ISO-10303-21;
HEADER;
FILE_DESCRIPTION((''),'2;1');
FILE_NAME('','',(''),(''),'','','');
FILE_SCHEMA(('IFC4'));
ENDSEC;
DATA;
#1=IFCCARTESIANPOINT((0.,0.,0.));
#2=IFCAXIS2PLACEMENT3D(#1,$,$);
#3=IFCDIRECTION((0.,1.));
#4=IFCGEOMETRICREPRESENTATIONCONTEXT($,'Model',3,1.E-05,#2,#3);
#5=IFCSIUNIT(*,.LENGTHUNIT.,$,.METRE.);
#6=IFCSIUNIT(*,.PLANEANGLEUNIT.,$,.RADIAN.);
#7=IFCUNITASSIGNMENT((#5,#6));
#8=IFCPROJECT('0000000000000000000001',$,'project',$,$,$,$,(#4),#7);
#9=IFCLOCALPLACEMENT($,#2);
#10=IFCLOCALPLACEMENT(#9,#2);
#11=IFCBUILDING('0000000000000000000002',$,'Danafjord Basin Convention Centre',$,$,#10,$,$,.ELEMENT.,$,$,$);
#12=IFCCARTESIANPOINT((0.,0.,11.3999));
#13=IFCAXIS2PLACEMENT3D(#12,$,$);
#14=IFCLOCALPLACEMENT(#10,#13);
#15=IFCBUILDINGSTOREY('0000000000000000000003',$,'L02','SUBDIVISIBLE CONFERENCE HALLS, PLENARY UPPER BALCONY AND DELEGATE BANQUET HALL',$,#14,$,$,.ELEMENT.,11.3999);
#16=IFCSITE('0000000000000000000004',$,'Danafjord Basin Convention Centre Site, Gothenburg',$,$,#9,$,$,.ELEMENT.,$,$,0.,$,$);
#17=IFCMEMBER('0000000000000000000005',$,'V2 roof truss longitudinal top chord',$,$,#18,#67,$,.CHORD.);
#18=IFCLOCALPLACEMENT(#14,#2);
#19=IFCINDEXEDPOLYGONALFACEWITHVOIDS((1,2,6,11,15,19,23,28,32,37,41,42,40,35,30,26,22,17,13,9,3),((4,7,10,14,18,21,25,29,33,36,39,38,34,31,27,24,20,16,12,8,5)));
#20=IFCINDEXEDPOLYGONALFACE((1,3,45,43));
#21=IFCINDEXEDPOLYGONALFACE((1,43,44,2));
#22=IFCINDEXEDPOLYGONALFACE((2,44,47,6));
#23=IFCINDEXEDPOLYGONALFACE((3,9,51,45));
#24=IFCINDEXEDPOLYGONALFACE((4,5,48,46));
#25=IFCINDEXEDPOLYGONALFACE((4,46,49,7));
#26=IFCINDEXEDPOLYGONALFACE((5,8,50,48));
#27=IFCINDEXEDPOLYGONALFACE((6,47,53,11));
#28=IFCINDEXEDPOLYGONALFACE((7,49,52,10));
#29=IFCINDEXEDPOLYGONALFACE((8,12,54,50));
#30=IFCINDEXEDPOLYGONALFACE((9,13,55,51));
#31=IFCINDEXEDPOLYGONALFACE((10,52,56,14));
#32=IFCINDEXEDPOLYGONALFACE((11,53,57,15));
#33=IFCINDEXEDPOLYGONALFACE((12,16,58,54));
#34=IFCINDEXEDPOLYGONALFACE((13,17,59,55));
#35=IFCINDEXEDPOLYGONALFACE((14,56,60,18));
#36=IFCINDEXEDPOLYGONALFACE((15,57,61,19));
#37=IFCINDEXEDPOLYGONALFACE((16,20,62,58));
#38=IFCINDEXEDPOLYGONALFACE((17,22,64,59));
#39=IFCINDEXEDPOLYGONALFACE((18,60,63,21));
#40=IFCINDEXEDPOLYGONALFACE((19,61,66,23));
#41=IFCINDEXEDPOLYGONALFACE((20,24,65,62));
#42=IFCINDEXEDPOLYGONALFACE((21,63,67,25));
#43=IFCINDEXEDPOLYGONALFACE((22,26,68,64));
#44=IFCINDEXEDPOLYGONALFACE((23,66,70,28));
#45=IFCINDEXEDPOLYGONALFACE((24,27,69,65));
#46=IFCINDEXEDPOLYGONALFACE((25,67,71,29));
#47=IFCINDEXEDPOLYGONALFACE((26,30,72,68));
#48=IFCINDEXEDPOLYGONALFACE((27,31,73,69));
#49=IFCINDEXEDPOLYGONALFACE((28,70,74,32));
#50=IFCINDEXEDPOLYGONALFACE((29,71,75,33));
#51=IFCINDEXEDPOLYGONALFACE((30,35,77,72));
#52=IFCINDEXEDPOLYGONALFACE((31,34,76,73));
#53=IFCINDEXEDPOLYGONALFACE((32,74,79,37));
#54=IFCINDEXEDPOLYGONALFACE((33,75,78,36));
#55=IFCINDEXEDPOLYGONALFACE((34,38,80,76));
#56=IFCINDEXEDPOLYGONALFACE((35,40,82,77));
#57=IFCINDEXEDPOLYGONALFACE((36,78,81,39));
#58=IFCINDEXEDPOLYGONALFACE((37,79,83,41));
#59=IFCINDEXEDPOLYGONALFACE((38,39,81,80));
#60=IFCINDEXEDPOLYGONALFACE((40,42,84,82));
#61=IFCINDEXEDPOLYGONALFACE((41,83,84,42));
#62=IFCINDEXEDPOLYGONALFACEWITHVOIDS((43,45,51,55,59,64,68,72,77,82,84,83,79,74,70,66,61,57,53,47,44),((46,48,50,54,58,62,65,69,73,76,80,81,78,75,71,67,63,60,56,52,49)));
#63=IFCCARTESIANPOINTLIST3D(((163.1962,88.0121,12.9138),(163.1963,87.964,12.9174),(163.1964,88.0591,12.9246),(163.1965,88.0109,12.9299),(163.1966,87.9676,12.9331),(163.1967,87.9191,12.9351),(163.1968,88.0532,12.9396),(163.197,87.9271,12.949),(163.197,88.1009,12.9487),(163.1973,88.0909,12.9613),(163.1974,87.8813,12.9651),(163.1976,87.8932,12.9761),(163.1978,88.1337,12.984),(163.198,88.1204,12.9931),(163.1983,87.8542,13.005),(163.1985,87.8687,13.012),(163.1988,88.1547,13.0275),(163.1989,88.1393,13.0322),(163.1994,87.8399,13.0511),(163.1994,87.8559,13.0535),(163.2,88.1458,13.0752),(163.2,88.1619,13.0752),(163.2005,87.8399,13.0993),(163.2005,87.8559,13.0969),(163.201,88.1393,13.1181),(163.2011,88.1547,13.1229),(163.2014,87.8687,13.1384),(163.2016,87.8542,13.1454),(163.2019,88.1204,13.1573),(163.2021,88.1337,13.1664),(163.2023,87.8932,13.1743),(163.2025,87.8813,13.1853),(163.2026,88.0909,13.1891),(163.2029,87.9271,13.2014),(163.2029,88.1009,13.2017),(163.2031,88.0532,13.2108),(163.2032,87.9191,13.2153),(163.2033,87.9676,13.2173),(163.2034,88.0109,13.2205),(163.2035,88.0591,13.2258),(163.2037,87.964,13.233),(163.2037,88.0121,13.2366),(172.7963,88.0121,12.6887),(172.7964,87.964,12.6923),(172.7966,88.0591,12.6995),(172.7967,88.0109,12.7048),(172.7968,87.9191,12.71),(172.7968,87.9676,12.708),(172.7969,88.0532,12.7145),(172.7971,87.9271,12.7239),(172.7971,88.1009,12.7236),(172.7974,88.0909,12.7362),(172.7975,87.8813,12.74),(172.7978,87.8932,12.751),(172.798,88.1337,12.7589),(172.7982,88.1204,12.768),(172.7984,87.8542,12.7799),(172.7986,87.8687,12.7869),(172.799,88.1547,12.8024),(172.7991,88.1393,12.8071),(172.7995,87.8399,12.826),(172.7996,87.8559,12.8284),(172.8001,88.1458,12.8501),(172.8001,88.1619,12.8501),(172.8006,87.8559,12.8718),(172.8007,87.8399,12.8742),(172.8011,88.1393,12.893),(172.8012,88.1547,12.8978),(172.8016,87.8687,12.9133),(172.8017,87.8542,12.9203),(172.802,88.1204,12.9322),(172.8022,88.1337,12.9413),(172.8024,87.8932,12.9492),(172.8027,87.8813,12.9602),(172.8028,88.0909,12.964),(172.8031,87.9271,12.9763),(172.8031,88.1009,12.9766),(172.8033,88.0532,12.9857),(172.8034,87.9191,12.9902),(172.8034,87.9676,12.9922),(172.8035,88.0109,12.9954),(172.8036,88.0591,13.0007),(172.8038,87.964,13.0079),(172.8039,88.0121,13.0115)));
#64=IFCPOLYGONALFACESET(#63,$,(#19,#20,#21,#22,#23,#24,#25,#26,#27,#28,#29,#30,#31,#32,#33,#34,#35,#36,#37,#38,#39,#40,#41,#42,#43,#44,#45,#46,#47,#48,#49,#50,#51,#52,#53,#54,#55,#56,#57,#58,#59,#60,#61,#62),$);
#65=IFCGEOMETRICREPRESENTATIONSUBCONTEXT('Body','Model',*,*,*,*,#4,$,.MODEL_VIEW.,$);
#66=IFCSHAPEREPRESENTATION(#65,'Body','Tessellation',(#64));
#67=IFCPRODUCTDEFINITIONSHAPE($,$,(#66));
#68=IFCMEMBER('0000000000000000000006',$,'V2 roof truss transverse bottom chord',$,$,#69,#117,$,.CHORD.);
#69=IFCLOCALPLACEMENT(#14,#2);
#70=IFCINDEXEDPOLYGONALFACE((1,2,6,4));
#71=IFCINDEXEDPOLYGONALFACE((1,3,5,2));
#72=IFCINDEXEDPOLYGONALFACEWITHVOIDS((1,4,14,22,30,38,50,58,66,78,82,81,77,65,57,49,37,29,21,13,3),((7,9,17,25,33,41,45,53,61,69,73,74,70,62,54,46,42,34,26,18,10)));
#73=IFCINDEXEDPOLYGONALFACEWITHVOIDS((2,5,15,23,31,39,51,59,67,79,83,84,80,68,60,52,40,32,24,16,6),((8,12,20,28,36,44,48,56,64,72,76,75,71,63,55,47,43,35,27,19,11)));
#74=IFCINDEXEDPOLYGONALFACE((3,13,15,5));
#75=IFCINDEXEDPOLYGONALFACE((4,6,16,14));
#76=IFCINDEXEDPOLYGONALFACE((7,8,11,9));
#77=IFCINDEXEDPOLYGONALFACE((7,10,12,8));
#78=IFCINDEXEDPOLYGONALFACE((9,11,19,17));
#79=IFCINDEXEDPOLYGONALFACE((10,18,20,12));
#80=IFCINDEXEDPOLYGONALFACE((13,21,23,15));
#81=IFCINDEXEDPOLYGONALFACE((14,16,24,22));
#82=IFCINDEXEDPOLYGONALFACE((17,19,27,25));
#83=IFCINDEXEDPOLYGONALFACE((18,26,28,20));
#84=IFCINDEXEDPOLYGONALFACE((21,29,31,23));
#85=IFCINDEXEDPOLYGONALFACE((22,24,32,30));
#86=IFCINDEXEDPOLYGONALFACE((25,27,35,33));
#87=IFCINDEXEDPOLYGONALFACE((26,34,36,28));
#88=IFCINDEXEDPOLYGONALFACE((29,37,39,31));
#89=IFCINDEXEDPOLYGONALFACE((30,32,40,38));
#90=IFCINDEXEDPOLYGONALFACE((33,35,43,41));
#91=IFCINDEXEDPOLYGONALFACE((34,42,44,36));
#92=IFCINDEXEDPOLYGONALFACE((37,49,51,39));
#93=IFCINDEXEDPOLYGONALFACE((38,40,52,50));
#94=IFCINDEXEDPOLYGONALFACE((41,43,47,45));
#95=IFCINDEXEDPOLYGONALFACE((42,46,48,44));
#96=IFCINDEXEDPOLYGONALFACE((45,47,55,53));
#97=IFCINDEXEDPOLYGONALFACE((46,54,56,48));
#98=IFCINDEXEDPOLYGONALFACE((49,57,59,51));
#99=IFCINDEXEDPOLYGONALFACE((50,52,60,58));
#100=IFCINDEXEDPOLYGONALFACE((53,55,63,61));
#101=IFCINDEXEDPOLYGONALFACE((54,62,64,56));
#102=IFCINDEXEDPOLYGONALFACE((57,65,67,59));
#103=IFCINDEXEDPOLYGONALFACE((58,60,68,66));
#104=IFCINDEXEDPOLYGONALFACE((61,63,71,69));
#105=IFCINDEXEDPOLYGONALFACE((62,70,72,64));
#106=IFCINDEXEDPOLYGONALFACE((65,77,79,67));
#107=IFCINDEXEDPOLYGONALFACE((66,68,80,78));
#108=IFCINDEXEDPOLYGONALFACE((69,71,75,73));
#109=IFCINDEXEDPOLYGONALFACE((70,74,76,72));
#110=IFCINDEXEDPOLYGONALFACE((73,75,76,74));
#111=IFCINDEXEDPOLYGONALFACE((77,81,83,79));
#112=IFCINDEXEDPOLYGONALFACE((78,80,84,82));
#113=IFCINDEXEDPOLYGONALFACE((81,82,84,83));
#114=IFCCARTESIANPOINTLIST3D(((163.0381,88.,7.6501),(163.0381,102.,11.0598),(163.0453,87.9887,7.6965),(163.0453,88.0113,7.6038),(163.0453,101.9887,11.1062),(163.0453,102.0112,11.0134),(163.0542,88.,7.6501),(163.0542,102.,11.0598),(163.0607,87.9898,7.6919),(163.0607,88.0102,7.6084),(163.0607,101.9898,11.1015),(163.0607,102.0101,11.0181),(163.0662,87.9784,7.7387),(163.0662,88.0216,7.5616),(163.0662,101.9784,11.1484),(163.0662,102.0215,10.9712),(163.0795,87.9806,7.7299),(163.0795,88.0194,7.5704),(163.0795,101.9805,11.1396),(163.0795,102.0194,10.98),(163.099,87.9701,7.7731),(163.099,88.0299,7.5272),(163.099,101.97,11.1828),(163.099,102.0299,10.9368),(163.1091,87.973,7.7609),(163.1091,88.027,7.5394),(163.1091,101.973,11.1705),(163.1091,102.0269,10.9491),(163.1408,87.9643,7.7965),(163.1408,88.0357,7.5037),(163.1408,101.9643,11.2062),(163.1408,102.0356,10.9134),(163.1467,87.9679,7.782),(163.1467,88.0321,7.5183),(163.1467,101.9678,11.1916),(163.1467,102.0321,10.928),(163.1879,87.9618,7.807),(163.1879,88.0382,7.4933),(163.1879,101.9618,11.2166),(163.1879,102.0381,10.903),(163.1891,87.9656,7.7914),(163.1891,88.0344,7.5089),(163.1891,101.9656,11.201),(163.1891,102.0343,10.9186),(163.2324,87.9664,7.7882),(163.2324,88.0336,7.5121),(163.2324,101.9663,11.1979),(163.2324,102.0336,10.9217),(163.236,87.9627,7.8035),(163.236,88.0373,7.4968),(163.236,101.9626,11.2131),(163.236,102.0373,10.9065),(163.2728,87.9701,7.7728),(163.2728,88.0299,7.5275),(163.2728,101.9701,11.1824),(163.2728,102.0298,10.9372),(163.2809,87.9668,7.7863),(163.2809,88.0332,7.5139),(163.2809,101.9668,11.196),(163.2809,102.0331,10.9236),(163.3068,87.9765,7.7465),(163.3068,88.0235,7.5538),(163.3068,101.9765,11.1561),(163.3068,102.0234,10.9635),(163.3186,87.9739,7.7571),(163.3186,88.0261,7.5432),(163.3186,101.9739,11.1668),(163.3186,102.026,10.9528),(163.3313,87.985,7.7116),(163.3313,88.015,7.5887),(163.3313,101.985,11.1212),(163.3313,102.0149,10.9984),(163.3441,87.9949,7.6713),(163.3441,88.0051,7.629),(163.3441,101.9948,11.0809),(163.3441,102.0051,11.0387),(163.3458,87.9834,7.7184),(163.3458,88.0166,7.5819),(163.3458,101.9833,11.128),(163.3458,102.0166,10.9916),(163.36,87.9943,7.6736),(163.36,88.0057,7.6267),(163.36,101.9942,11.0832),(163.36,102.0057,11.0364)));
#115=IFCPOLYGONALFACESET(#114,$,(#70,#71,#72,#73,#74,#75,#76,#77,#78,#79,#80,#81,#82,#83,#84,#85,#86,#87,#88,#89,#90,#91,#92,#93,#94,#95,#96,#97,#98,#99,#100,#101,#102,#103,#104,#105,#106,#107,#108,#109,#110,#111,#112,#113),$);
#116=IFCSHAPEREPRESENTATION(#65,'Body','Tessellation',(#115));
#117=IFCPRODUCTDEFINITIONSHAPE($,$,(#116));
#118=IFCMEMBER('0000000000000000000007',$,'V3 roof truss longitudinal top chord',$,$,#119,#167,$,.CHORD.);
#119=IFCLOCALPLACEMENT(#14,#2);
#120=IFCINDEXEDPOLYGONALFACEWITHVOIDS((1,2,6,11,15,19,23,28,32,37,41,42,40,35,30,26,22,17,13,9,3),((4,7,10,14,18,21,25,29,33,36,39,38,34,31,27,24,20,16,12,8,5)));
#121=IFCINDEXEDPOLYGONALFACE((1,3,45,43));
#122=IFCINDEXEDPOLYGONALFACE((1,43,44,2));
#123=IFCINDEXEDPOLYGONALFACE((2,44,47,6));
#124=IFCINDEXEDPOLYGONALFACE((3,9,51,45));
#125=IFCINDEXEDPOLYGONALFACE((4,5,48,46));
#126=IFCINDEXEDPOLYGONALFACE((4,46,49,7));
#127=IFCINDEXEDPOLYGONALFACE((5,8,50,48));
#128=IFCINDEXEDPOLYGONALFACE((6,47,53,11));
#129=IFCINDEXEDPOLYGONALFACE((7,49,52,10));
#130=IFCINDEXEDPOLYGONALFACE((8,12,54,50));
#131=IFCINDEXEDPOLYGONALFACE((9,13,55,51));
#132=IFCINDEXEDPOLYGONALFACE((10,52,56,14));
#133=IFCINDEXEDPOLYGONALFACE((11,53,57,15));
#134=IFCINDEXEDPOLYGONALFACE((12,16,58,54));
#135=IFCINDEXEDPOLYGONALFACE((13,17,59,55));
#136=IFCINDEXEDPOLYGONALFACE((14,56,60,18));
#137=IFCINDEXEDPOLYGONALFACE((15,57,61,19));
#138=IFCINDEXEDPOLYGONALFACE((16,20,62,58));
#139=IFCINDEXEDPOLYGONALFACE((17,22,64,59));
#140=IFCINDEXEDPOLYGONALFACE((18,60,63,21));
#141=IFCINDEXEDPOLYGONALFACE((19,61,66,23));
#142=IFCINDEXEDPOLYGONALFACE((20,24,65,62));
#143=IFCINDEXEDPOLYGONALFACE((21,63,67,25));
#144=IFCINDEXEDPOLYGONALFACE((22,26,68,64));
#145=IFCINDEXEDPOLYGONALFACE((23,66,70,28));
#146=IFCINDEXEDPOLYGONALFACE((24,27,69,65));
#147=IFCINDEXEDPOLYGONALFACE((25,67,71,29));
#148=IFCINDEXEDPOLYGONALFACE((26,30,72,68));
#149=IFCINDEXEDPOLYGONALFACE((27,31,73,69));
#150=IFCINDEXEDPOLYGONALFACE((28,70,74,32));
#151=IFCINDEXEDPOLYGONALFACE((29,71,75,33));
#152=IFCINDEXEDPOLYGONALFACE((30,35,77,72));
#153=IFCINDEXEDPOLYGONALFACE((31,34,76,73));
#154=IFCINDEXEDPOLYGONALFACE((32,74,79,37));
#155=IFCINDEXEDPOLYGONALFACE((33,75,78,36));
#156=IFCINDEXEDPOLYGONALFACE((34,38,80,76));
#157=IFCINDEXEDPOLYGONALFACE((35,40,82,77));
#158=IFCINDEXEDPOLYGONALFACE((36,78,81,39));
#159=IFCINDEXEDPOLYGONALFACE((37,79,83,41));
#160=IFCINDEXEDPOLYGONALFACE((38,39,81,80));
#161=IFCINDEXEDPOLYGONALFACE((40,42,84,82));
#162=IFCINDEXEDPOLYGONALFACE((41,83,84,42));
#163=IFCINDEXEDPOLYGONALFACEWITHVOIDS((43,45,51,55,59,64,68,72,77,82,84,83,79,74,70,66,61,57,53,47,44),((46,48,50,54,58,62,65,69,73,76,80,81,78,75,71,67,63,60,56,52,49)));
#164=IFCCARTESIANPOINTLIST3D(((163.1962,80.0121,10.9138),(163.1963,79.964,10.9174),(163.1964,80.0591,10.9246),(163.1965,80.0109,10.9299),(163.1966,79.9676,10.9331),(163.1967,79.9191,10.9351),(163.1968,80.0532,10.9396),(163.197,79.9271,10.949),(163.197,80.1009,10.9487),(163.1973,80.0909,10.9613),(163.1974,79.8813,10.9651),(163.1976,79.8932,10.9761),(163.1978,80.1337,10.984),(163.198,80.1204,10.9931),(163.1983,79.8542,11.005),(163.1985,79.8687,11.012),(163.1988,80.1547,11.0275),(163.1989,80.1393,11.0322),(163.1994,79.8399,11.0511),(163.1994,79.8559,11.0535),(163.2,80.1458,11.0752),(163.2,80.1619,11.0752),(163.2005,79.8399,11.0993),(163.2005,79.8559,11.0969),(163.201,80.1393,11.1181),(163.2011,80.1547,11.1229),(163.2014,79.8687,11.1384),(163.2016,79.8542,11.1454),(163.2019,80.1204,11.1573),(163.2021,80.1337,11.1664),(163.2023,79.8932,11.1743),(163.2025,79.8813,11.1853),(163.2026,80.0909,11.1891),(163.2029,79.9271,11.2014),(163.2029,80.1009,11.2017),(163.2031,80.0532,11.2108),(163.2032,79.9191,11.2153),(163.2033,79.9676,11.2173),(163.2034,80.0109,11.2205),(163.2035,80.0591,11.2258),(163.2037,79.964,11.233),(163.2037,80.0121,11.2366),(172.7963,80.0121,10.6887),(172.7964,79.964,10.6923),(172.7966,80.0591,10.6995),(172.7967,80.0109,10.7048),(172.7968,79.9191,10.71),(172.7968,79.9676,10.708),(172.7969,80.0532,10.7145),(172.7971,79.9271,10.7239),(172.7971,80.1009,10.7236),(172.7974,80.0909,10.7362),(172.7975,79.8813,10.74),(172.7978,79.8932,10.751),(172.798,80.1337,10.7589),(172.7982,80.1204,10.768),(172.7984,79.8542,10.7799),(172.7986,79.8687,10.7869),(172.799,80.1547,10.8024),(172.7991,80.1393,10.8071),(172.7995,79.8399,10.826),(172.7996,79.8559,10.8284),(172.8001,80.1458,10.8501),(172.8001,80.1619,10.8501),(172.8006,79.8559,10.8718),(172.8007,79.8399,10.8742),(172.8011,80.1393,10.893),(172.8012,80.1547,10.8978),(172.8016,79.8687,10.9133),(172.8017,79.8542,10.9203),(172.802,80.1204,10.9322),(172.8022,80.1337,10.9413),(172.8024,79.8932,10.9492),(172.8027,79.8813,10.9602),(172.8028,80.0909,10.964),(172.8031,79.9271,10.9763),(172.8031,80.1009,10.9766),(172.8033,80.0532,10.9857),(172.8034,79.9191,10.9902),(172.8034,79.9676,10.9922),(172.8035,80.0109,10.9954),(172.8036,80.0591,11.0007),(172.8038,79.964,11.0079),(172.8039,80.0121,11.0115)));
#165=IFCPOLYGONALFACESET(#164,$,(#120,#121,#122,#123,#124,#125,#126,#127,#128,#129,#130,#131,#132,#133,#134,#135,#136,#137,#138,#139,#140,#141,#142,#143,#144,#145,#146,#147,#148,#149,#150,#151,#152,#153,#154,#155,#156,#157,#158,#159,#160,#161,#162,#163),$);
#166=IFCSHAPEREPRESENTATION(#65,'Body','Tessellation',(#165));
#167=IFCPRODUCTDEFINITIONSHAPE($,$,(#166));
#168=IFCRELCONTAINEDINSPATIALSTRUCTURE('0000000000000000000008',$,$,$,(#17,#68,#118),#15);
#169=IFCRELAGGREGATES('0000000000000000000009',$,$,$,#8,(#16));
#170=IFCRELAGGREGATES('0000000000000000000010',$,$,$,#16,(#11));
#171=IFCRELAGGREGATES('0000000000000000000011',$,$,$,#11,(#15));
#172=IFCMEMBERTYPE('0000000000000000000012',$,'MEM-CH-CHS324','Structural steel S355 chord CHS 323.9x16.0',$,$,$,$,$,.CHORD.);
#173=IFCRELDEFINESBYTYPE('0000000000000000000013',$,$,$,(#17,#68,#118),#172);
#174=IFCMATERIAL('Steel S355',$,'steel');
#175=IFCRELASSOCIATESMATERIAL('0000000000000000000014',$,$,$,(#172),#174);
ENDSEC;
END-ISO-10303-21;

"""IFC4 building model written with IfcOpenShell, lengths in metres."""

from ifc_helpers import new_model, si_unit, direction, frame, origin, origin_2d, place, context, subcontext, project, spatial, hollow_circle, extrude, material, material_profile, profile_set, type_object, element, save


model = new_model("IFC4")

# Units and contexts
model_context = context("Model", 3, precision=1e-05, world=origin(), true_north=direction((0.0, 1.0)))
body_context = subcontext(model_context, "Body", "Model", "MODEL_VIEW")
ifc_project = project(units=[si_unit("LENGTHUNIT", "METRE"), si_unit("PLANEANGLEUNIT", "RADIAN")], contexts=[model_context])

# Site, building, storey
site_placement = place(None, origin())
site = spatial("IfcSite", under=ifc_project, at=site_placement, Name="Danafjord Basin Convention Centre Site, Gothenburg", CompositionType="ELEMENT", RefElevation=0.0)
building_placement = place(site_placement, origin())
building = spatial("IfcBuilding", under=site, at=building_placement, Name="Danafjord Basin Convention Centre", CompositionType="ELEMENT")
storey_placement = place(building_placement, frame((0.0, 0.0, 11.3999)))
storey = spatial("IfcBuildingStorey", under=building, at=storey_placement, Name="L02", Description="SUBDIVISIBLE CONFERENCE HALLS, PLENARY UPPER BALCONY AND DELEGATE BANQUET HALL", CompositionType="ELEMENT", Elevation=11.3999)

# Shared definitions
ifc_material_1 = material(Name="Steel S355", Category="steel")

# Members
ifc_material_profile_1 = material_profile(ifc_material_1, hollow_circle(Radius=0.1619, WallThickness=0.0161, at=origin_2d()), Name="CHS 323.9x16.0")
ifc_profile_set_1 = profile_set([ifc_material_profile_1], Name="Steel S355")
member_type_1 = type_object("IfcMemberType", Name="MEM-CH-CHS324", Description="Structural steel S355 chord CHS 323.9x16.0", PredefinedType="CHORD", material=ifc_profile_set_1)
member_1_placement = place(storey_placement, frame((163.2, 88.0, 13.0752), z_axis=(0.999725, 0.0, -0.023441), x_axis=(0.0, 1.0, 0.0)))
element("IfcMember", 1, at=member_1_placement, inside=storey, type_object=member_type_1, Name="V2 roof truss longitudinal top chord", PredefinedType="CHORD", context=body_context, shape_type="SweptSolid", body=[
    extrude(hollow_circle(Radius=0.1619, WallThickness=0.0161, at=origin_2d()), origin(), (0.0, 0.0, 1.0), 9.6028),
])
member_2_placement = place(storey_placement, frame((163.2, 88.0, 7.6501), z_axis=(0.0, 0.9716, 0.236631), x_axis=(-1.0, 0.0, 0.0)))
element("IfcMember", 2, at=member_2_placement, inside=storey, type_object=member_type_1, Name="V2 roof truss transverse bottom chord", PredefinedType="CHORD", context=body_context, shape_type="SweptSolid", body=[
    extrude(hollow_circle(Radius=0.1619, WallThickness=0.0161, at=origin_2d()), origin(), (0.0, 0.0, 1.0), 14.4092),
])
member_3_placement = place(storey_placement, frame((163.2, 80.0, 11.0752), z_axis=(0.999725, 0.0, -0.023441), x_axis=(0.0, 1.0, 0.0)))
element("IfcMember", 3, at=member_3_placement, inside=storey, type_object=member_type_1, Name="V3 roof truss longitudinal top chord", PredefinedType="CHORD", context=body_context, shape_type="SweptSolid", body=[
    extrude(hollow_circle(Radius=0.1619, WallThickness=0.0161, at=origin_2d()), origin(), (0.0, 0.0, 1.0), 9.6028),
])

save(model, "model.ifc")
